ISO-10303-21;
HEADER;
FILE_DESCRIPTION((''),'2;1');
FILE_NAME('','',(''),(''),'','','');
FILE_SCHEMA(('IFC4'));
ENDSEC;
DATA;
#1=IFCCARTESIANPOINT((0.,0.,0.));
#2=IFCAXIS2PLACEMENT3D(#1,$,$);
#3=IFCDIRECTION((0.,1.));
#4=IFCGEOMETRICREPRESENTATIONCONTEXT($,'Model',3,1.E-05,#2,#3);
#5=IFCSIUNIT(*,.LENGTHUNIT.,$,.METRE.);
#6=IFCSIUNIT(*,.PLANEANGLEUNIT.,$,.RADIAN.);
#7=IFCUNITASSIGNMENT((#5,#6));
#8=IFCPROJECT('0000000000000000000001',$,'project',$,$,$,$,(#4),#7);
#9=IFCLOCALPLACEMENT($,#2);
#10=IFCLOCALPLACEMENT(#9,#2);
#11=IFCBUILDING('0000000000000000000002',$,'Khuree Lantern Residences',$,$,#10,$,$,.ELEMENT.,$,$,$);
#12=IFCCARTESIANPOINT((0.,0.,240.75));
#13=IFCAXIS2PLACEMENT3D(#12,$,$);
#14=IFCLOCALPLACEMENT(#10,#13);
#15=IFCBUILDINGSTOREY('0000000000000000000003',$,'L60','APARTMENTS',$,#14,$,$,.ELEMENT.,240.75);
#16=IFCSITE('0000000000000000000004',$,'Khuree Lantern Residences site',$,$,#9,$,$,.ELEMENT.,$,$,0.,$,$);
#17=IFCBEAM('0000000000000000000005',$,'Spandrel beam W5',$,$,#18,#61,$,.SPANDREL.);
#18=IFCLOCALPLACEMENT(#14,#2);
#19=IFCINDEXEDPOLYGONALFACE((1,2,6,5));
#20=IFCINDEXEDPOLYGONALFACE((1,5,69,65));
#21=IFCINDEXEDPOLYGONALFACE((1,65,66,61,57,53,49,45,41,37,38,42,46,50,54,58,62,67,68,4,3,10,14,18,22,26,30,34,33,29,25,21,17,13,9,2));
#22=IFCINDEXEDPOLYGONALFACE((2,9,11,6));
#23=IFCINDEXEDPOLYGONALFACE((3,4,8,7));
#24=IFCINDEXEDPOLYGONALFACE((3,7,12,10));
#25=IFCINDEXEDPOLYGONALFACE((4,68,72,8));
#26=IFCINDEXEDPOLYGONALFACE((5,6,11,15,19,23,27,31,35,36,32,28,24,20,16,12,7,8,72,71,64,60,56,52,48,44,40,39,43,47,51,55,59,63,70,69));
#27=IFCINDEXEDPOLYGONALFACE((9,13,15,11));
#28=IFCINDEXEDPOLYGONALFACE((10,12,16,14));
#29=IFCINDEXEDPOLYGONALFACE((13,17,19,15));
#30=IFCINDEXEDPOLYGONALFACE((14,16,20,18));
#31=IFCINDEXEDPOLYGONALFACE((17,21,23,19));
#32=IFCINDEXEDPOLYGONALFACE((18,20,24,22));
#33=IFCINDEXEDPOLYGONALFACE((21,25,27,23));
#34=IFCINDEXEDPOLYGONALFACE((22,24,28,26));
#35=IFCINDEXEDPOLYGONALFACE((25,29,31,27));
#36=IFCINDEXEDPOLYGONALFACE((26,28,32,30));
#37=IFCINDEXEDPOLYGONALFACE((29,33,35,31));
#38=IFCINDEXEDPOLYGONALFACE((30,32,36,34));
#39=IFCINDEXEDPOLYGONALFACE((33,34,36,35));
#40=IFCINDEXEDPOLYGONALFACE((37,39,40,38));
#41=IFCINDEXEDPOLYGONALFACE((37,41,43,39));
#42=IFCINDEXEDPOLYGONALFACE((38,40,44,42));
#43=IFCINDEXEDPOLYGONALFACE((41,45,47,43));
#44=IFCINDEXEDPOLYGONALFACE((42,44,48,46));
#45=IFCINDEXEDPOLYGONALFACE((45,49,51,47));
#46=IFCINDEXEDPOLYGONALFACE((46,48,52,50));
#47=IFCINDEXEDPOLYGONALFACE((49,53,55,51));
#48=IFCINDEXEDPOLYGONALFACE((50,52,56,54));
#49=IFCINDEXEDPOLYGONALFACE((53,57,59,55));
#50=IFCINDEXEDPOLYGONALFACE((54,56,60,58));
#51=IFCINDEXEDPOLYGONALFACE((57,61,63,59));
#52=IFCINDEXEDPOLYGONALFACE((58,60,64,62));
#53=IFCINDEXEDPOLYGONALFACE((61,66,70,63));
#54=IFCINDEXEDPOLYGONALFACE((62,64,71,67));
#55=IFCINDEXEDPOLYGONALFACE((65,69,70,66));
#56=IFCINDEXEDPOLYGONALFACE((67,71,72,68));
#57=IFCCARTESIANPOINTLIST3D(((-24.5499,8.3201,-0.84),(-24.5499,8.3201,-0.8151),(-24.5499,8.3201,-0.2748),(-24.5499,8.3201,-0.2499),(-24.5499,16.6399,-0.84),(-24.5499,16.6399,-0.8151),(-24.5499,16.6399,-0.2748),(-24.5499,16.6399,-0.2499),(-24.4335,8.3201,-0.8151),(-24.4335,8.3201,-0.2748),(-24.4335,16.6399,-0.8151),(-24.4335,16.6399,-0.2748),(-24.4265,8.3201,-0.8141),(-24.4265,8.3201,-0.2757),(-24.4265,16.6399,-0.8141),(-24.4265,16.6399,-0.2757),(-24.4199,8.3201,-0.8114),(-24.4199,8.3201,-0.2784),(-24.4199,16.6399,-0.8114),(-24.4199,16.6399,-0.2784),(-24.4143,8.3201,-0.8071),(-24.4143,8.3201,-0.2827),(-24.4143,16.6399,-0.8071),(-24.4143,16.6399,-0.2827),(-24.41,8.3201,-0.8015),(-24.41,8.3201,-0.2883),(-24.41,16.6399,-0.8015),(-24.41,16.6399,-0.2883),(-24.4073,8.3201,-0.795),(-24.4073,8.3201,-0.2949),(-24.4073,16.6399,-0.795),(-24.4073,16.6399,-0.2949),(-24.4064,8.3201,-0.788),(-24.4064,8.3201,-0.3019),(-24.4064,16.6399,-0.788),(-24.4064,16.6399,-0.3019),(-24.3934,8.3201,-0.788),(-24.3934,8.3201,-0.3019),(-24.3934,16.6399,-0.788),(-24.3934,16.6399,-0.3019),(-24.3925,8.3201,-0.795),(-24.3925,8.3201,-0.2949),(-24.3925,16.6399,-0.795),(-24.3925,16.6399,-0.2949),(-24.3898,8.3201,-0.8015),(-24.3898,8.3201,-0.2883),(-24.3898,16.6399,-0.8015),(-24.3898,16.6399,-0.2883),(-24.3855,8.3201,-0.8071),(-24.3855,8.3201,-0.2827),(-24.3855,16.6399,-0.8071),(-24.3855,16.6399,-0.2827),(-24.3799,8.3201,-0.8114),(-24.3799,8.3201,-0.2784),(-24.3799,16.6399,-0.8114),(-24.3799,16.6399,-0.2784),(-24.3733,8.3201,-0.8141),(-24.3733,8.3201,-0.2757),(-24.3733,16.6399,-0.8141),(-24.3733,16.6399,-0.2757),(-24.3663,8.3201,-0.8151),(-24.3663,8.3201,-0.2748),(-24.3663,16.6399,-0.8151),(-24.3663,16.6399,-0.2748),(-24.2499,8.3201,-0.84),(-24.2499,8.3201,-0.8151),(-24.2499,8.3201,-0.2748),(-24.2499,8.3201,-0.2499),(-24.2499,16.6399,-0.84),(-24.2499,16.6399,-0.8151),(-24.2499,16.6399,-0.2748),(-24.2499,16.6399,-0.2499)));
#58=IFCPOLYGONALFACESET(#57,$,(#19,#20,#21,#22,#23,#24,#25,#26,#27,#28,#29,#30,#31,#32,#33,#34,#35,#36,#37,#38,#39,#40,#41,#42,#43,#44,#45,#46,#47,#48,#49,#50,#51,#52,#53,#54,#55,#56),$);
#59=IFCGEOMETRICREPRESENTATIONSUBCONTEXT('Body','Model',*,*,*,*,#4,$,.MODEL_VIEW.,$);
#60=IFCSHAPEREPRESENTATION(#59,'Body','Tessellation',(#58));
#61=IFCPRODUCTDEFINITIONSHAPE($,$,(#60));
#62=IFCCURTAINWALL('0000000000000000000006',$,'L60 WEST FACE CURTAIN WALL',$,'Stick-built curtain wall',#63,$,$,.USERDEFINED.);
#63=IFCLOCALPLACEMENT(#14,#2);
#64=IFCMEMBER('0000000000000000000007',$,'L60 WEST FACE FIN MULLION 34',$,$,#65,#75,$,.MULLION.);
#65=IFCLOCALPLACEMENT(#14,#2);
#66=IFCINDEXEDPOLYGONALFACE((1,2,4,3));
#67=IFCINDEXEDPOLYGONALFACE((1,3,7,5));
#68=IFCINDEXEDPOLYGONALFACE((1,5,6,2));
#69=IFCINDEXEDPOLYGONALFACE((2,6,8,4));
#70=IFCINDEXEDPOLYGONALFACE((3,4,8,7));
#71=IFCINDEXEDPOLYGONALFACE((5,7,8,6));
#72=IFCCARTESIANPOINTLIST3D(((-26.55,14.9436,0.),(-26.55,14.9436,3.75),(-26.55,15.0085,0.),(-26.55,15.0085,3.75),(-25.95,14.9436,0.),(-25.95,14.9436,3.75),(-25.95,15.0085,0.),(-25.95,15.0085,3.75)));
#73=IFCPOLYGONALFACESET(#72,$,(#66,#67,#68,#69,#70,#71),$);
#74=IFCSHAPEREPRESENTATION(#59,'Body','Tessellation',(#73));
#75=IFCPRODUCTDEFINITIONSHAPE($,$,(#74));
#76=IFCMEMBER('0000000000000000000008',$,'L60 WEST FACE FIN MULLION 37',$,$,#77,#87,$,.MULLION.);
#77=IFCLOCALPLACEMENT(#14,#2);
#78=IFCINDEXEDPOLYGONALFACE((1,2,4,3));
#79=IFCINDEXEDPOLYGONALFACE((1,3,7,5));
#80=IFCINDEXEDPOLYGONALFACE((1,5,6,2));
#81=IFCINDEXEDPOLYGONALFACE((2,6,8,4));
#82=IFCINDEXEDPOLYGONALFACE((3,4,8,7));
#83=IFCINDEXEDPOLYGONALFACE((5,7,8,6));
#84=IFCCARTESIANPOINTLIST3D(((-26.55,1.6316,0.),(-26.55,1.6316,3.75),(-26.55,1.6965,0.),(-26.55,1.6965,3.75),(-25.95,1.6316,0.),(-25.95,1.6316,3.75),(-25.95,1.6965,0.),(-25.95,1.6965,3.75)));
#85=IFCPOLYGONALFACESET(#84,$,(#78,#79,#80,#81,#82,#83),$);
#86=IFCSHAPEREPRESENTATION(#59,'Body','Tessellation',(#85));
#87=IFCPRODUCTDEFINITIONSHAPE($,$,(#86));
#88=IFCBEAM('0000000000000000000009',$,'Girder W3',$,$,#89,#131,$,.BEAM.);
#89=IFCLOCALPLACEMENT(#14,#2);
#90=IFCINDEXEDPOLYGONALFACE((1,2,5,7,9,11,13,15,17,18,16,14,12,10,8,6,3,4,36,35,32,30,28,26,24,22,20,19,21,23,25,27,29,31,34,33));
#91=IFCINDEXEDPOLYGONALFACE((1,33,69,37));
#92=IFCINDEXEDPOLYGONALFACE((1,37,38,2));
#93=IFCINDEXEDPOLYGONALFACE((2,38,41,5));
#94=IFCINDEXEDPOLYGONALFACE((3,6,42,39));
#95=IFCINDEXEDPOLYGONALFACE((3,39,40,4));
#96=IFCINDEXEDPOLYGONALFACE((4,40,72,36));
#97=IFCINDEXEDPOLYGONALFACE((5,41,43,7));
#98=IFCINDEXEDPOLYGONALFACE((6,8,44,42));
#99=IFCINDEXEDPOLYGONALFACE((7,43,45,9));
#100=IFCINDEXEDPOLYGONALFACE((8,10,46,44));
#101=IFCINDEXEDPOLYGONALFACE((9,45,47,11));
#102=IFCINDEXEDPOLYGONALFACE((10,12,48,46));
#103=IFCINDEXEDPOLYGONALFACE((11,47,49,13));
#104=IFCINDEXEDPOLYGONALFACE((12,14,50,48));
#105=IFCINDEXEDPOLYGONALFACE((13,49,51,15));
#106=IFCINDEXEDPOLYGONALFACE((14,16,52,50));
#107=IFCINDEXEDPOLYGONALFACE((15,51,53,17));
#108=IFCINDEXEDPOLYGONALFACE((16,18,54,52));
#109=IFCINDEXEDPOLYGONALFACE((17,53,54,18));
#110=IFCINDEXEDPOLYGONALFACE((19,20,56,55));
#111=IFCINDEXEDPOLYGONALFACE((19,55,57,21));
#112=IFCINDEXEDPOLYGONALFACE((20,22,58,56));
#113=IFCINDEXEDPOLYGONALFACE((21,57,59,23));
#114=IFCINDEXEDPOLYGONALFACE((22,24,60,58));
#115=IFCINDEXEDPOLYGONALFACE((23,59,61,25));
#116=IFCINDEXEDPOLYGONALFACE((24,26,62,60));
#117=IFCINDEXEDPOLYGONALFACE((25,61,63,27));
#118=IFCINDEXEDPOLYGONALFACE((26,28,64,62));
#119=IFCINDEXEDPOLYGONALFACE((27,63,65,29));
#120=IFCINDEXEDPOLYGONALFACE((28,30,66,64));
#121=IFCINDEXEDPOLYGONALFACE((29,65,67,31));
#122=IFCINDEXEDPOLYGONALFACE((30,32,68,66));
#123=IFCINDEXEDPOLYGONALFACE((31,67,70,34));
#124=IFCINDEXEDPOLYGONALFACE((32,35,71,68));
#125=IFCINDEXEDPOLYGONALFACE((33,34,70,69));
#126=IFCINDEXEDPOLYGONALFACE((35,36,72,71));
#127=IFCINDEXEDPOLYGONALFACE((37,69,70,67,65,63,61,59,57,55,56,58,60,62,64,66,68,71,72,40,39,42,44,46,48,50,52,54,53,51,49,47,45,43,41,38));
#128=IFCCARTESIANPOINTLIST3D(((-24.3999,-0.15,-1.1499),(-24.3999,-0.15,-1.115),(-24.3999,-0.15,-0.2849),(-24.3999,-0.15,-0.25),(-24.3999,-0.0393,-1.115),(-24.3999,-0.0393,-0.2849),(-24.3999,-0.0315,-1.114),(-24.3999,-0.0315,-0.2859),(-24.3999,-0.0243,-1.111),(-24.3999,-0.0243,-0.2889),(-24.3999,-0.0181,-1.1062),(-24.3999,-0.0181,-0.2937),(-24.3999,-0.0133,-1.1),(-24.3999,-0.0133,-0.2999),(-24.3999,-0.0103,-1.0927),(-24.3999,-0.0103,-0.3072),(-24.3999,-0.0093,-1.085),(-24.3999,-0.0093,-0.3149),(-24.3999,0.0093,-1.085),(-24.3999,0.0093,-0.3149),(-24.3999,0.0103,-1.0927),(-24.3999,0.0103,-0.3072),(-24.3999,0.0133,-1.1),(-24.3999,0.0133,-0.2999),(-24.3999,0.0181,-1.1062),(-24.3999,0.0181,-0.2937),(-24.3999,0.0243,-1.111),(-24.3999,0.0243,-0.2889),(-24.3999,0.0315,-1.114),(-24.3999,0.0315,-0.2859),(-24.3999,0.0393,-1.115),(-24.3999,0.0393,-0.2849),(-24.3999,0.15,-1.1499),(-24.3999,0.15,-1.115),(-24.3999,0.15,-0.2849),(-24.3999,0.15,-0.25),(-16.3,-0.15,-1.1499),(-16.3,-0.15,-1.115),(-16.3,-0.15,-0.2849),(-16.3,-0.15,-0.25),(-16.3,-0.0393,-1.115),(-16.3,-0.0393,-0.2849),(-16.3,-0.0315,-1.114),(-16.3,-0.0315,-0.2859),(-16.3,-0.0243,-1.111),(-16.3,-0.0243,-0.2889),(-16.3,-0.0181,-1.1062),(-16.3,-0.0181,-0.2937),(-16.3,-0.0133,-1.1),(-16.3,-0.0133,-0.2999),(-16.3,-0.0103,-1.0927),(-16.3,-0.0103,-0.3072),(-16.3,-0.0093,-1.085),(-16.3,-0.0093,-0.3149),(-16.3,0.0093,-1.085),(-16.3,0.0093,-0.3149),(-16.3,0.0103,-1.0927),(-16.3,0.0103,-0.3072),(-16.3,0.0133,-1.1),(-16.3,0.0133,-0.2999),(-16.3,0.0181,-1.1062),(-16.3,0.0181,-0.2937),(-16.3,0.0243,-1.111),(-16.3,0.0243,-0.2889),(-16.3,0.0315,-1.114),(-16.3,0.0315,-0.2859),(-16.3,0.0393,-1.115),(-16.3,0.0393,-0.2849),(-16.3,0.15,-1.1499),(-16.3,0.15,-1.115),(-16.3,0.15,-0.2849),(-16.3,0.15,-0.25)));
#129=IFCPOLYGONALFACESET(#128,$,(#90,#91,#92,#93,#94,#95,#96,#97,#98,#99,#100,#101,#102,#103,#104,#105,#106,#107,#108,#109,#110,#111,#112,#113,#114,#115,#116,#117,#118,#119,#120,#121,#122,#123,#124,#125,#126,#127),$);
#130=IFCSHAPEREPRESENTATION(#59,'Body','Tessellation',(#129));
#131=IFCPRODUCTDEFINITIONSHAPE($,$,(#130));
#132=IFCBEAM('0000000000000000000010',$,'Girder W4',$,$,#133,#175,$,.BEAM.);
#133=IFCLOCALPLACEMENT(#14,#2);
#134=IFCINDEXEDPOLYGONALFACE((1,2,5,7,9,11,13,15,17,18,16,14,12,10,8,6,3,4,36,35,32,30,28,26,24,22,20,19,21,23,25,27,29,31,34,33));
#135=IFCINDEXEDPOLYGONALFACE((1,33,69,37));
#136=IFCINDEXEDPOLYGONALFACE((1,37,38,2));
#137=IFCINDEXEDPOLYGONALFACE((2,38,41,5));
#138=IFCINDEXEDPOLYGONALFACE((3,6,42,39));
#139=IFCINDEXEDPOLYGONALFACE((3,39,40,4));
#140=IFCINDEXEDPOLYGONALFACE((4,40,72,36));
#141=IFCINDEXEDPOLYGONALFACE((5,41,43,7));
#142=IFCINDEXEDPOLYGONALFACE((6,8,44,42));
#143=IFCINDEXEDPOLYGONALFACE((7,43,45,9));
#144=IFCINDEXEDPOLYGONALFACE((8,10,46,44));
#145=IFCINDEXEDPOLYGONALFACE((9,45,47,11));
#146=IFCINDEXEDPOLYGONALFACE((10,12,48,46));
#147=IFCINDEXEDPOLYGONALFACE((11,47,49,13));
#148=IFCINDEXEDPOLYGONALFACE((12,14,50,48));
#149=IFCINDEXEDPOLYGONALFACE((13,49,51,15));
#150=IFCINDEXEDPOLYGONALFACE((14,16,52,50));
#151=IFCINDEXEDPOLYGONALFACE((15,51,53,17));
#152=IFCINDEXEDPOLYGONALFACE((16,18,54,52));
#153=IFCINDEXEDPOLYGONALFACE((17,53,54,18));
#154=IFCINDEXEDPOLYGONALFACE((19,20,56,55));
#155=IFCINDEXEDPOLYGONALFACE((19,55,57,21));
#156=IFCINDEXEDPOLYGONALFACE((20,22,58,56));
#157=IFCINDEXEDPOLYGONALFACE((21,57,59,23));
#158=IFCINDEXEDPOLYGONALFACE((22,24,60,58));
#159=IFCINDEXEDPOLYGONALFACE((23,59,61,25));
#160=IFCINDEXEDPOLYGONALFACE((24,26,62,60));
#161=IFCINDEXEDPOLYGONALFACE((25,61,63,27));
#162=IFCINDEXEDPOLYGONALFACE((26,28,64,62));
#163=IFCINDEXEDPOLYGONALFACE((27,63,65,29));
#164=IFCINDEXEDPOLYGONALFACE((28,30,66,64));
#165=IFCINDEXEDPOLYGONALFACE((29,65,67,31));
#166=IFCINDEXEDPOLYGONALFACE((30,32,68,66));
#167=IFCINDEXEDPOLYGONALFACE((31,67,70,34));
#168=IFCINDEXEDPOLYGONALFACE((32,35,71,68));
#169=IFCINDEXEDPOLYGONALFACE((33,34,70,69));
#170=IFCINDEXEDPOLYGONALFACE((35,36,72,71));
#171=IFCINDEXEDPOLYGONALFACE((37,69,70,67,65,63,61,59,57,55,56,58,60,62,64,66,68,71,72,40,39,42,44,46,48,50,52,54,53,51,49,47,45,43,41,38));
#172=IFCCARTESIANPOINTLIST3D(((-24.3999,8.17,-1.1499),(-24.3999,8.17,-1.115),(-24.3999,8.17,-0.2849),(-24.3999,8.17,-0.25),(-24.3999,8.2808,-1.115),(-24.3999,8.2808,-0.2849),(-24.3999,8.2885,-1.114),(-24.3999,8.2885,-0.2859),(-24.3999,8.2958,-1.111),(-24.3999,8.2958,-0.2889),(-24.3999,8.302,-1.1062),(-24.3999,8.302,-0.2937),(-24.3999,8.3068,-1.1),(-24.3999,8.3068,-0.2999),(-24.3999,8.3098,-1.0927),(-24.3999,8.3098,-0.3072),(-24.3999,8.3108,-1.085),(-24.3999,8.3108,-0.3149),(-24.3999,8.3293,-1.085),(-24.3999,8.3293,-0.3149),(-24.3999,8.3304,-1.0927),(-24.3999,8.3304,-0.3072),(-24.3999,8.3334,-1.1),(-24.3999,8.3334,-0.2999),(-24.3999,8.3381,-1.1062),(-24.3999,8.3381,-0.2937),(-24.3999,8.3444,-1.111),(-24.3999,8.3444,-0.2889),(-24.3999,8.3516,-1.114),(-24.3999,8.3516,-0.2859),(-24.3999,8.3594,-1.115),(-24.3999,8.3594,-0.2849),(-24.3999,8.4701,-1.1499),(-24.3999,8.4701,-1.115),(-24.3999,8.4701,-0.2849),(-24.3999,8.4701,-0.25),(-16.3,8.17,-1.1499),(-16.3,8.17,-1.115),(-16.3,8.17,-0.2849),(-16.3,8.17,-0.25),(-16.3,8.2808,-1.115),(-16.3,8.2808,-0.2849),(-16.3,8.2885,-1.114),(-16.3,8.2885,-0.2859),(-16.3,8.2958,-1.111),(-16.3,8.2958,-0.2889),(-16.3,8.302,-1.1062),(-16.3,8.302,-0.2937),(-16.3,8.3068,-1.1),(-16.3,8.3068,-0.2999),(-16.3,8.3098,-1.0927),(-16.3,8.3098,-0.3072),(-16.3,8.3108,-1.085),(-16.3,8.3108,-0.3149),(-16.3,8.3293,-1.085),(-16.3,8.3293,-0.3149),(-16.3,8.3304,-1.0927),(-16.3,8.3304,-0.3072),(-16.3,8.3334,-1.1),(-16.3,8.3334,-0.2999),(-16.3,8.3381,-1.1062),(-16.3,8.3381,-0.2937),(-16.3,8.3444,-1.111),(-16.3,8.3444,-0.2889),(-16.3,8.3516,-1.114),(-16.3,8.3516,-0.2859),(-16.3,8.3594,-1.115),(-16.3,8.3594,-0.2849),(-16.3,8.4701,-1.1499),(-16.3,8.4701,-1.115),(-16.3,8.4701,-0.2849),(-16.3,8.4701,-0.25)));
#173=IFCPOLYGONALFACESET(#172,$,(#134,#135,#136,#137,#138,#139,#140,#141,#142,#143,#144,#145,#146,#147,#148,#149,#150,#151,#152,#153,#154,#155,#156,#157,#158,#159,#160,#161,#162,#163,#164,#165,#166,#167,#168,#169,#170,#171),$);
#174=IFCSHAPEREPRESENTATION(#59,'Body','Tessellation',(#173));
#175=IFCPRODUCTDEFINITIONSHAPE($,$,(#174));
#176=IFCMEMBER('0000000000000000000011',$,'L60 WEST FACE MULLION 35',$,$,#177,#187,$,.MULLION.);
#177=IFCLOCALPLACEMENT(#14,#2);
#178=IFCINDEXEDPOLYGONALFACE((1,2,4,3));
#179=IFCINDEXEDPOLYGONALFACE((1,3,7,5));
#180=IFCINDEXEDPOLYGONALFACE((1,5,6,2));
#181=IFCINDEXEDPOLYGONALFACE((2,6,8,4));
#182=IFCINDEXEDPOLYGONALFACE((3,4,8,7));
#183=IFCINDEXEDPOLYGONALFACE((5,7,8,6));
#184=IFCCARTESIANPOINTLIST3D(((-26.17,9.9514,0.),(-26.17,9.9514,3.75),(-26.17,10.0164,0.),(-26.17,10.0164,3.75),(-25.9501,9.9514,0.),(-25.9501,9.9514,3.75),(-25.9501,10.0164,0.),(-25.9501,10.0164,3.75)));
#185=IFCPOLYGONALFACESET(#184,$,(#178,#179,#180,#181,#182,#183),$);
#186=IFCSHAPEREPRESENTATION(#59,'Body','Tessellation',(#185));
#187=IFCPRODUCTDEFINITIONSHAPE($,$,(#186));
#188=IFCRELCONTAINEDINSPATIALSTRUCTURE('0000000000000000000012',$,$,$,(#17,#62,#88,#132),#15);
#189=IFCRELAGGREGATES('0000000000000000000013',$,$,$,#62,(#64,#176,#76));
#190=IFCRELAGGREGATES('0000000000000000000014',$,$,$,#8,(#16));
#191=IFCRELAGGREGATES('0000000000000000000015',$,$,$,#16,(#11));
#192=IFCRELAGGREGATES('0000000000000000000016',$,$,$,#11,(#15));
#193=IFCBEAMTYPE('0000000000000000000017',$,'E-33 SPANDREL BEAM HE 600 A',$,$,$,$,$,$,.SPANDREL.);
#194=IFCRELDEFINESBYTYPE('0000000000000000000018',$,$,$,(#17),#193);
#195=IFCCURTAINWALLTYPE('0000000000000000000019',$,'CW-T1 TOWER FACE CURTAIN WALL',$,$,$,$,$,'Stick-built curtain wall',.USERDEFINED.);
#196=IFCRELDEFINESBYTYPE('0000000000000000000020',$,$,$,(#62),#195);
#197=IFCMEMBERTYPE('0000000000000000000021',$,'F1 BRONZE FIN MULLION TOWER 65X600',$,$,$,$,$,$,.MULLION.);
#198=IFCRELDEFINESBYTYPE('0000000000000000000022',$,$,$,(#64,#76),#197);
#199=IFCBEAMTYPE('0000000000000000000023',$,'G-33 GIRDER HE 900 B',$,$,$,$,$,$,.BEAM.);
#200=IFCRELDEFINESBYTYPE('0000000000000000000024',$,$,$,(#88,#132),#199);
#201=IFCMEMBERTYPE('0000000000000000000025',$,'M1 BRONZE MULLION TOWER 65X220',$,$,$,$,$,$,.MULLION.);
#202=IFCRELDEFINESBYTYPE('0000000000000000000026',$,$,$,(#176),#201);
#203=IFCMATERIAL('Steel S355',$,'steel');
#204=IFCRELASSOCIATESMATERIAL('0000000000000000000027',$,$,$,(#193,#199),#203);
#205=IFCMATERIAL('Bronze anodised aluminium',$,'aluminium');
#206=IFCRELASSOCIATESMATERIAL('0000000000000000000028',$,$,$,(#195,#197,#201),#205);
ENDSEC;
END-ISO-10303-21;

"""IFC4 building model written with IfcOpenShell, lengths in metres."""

from ifc_helpers import new_model, si_unit, direction, frame, origin, origin_2d, place, context, subcontext, project, spatial, rectangle, i_section, extrude, material, material_profile, profile_set, type_object, element, aggregate, save


model = new_model("IFC4")

# Units and contexts
model_context = context("Model", 3, precision=1e-05, world=origin(), true_north=direction((0.0, 1.0)))
body_context = subcontext(model_context, "Body", "Model", "MODEL_VIEW")
ifc_project = project(units=[si_unit("LENGTHUNIT", "METRE"), si_unit("PLANEANGLEUNIT", "RADIAN")], contexts=[model_context])

# Site, building, storey
site_placement = place(None, origin())
site = spatial("IfcSite", under=ifc_project, at=site_placement, Name="Khuree Lantern Residences site", CompositionType="ELEMENT", RefElevation=0.0)
building_placement = place(site_placement, origin())
building = spatial("IfcBuilding", under=site, at=building_placement, Name="Khuree Lantern Residences", CompositionType="ELEMENT")
storey_placement = place(building_placement, frame((0.0, 0.0, 240.75)))
storey = spatial("IfcBuildingStorey", under=building, at=storey_placement, Name="L60", Description="APARTMENTS", CompositionType="ELEMENT", Elevation=240.75)

# Beam
ifc_material_1 = material(Name="Steel S355", Category="steel")
ifc_material_profile_1 = material_profile(ifc_material_1, i_section(OverallWidth=0.3, OverallDepth=0.5901, WebThickness=0.0129, FlangeThickness=0.0249, FilletRadius=0.0271, at=origin_2d()), Name="HE 600 A")
ifc_profile_set_1 = profile_set([ifc_material_profile_1], Name="Steel S355")
beam_type_1 = type_object("IfcBeamType", Name="E-33 SPANDREL BEAM HE 600 A", PredefinedType="SPANDREL", material=ifc_profile_set_1)
beam_1_placement = place(storey_placement, frame((-24.3999, 8.3201, -0.5449), z_axis=(0.0, 1.0, 0.0), x_axis=(-1.0, 0.0, 0.0)))
element("IfcBeam", 1, at=beam_1_placement, inside=storey, type_object=beam_type_1, Name="Spandrel beam W5", PredefinedType="SPANDREL", context=body_context, shape_type="SweptSolid", body=[
    extrude(i_section(OverallWidth=0.3, OverallDepth=0.5901, WebThickness=0.0129, FlangeThickness=0.0249, FilletRadius=0.0271, at=origin_2d()), origin(), (0.0, 0.0, 1.0), 8.3198),
])

# Curtain wall, members
ifc_material_2 = material(Name="Bronze anodised aluminium", Category="aluminium")
curtain_wall_type = type_object("IfcCurtainWallType", Name="CW-T1 TOWER FACE CURTAIN WALL", ElementType="Stick-built curtain wall", PredefinedType="USERDEFINED", material=ifc_material_2)
curtain_wall_placement = place(storey_placement, origin())
curtain_wall = element("IfcCurtainWall", 2, at=curtain_wall_placement, inside=storey, type_object=curtain_wall_type, Name="L60 WEST FACE CURTAIN WALL", ObjectType="Stick-built curtain wall", PredefinedType="USERDEFINED")
ifc_material_profile_2 = material_profile(ifc_material_2, rectangle(XDim=0.0649, YDim=0.6001, at=origin_2d()), Name="F1 65X600")
ifc_profile_set_2 = profile_set([ifc_material_profile_2], Name="Bronze anodised aluminium")
member_type_1 = type_object("IfcMemberType", Name="F1 BRONZE FIN MULLION TOWER 65X600", PredefinedType="MULLION", material=ifc_profile_set_2)
member_1_placement = place(storey_placement, frame((-26.25, 14.9761, 0.0), z_axis=(0.0, 0.0, 1.0), x_axis=(0.0, -1.0, 0.0)))
member_1 = element("IfcMember", 3, at=member_1_placement, type_object=member_type_1, Name="L60 WEST FACE FIN MULLION 34", PredefinedType="MULLION", context=body_context, shape_type="SweptSolid", body=[
    extrude(rectangle(XDim=0.0649, YDim=0.6001, at=origin_2d()), origin(), (0.0, 0.0, 1.0), 3.75),
])
member_2_placement = place(storey_placement, frame((-26.25, 1.6641, 0.0), z_axis=(0.0, 0.0, 1.0), x_axis=(0.0, -1.0, 0.0)))
member_2 = element("IfcMember", 4, at=member_2_placement, type_object=member_type_1, Name="L60 WEST FACE FIN MULLION 37", PredefinedType="MULLION", context=body_context, shape_type="SweptSolid", body=[
    extrude(rectangle(XDim=0.0649, YDim=0.6001, at=origin_2d()), origin(), (0.0, 0.0, 1.0), 3.75),
])

# Beams
ifc_material_profile_3 = material_profile(ifc_material_1, i_section(OverallWidth=0.3, OverallDepth=0.8999, WebThickness=0.0186, FlangeThickness=0.0349, FilletRadius=0.03, at=origin_2d()), Name="HE 900 B")
ifc_profile_set_3 = profile_set([ifc_material_profile_3], Name="Steel S355")
beam_type_2 = type_object("IfcBeamType", Name="G-33 GIRDER HE 900 B", PredefinedType="BEAM", material=ifc_profile_set_3)
for number, where, z_axis, x_axis, name in (
    (5, (-24.3999, 0.0, -0.7), (1.0, 0.0, 0.0), (0.0, 1.0, 0.0), "Girder W3"),
    (6, (-24.3999, 8.3201, -0.7), (1.0, 0.0, 0.0), (0.0, 1.0, 0.0), "Girder W4"),
):
    element("IfcBeam", number, at=place(storey_placement, frame(where, z_axis=z_axis, x_axis=x_axis)), inside=storey, type_object=beam_type_2, Name=name, PredefinedType="BEAM", context=body_context, shape_type="SweptSolid", body=[
        extrude(i_section(OverallWidth=0.3, OverallDepth=0.8999, WebThickness=0.0186, FlangeThickness=0.0349, FilletRadius=0.03, at=origin_2d()), origin(), (0.0, 0.0, 1.0), 8.0999),
    ])

# Member
ifc_material_profile_4 = material_profile(ifc_material_2, rectangle(XDim=0.0649, YDim=0.22, at=origin_2d()), Name="M1 65X220")
ifc_profile_set_4 = profile_set([ifc_material_profile_4], Name="Bronze anodised aluminium")
member_type_2 = type_object("IfcMemberType", Name="M1 BRONZE MULLION TOWER 65X220", PredefinedType="MULLION", material=ifc_profile_set_4)
member_3_placement = place(storey_placement, frame((-26.0601, 9.9839, 0.0), z_axis=(0.0, 0.0, 1.0), x_axis=(0.0, -1.0, 0.0)))
member_3 = element("IfcMember", 7, at=member_3_placement, type_object=member_type_2, Name="L60 WEST FACE MULLION 35", PredefinedType="MULLION", context=body_context, shape_type="SweptSolid", body=[
    extrude(rectangle(XDim=0.0649, YDim=0.22, at=origin_2d()), origin(), (0.0, 0.0, 1.0), 3.75),
])

aggregate(curtain_wall, [member_1, member_3, member_2])

save(model, "model.ifc")
